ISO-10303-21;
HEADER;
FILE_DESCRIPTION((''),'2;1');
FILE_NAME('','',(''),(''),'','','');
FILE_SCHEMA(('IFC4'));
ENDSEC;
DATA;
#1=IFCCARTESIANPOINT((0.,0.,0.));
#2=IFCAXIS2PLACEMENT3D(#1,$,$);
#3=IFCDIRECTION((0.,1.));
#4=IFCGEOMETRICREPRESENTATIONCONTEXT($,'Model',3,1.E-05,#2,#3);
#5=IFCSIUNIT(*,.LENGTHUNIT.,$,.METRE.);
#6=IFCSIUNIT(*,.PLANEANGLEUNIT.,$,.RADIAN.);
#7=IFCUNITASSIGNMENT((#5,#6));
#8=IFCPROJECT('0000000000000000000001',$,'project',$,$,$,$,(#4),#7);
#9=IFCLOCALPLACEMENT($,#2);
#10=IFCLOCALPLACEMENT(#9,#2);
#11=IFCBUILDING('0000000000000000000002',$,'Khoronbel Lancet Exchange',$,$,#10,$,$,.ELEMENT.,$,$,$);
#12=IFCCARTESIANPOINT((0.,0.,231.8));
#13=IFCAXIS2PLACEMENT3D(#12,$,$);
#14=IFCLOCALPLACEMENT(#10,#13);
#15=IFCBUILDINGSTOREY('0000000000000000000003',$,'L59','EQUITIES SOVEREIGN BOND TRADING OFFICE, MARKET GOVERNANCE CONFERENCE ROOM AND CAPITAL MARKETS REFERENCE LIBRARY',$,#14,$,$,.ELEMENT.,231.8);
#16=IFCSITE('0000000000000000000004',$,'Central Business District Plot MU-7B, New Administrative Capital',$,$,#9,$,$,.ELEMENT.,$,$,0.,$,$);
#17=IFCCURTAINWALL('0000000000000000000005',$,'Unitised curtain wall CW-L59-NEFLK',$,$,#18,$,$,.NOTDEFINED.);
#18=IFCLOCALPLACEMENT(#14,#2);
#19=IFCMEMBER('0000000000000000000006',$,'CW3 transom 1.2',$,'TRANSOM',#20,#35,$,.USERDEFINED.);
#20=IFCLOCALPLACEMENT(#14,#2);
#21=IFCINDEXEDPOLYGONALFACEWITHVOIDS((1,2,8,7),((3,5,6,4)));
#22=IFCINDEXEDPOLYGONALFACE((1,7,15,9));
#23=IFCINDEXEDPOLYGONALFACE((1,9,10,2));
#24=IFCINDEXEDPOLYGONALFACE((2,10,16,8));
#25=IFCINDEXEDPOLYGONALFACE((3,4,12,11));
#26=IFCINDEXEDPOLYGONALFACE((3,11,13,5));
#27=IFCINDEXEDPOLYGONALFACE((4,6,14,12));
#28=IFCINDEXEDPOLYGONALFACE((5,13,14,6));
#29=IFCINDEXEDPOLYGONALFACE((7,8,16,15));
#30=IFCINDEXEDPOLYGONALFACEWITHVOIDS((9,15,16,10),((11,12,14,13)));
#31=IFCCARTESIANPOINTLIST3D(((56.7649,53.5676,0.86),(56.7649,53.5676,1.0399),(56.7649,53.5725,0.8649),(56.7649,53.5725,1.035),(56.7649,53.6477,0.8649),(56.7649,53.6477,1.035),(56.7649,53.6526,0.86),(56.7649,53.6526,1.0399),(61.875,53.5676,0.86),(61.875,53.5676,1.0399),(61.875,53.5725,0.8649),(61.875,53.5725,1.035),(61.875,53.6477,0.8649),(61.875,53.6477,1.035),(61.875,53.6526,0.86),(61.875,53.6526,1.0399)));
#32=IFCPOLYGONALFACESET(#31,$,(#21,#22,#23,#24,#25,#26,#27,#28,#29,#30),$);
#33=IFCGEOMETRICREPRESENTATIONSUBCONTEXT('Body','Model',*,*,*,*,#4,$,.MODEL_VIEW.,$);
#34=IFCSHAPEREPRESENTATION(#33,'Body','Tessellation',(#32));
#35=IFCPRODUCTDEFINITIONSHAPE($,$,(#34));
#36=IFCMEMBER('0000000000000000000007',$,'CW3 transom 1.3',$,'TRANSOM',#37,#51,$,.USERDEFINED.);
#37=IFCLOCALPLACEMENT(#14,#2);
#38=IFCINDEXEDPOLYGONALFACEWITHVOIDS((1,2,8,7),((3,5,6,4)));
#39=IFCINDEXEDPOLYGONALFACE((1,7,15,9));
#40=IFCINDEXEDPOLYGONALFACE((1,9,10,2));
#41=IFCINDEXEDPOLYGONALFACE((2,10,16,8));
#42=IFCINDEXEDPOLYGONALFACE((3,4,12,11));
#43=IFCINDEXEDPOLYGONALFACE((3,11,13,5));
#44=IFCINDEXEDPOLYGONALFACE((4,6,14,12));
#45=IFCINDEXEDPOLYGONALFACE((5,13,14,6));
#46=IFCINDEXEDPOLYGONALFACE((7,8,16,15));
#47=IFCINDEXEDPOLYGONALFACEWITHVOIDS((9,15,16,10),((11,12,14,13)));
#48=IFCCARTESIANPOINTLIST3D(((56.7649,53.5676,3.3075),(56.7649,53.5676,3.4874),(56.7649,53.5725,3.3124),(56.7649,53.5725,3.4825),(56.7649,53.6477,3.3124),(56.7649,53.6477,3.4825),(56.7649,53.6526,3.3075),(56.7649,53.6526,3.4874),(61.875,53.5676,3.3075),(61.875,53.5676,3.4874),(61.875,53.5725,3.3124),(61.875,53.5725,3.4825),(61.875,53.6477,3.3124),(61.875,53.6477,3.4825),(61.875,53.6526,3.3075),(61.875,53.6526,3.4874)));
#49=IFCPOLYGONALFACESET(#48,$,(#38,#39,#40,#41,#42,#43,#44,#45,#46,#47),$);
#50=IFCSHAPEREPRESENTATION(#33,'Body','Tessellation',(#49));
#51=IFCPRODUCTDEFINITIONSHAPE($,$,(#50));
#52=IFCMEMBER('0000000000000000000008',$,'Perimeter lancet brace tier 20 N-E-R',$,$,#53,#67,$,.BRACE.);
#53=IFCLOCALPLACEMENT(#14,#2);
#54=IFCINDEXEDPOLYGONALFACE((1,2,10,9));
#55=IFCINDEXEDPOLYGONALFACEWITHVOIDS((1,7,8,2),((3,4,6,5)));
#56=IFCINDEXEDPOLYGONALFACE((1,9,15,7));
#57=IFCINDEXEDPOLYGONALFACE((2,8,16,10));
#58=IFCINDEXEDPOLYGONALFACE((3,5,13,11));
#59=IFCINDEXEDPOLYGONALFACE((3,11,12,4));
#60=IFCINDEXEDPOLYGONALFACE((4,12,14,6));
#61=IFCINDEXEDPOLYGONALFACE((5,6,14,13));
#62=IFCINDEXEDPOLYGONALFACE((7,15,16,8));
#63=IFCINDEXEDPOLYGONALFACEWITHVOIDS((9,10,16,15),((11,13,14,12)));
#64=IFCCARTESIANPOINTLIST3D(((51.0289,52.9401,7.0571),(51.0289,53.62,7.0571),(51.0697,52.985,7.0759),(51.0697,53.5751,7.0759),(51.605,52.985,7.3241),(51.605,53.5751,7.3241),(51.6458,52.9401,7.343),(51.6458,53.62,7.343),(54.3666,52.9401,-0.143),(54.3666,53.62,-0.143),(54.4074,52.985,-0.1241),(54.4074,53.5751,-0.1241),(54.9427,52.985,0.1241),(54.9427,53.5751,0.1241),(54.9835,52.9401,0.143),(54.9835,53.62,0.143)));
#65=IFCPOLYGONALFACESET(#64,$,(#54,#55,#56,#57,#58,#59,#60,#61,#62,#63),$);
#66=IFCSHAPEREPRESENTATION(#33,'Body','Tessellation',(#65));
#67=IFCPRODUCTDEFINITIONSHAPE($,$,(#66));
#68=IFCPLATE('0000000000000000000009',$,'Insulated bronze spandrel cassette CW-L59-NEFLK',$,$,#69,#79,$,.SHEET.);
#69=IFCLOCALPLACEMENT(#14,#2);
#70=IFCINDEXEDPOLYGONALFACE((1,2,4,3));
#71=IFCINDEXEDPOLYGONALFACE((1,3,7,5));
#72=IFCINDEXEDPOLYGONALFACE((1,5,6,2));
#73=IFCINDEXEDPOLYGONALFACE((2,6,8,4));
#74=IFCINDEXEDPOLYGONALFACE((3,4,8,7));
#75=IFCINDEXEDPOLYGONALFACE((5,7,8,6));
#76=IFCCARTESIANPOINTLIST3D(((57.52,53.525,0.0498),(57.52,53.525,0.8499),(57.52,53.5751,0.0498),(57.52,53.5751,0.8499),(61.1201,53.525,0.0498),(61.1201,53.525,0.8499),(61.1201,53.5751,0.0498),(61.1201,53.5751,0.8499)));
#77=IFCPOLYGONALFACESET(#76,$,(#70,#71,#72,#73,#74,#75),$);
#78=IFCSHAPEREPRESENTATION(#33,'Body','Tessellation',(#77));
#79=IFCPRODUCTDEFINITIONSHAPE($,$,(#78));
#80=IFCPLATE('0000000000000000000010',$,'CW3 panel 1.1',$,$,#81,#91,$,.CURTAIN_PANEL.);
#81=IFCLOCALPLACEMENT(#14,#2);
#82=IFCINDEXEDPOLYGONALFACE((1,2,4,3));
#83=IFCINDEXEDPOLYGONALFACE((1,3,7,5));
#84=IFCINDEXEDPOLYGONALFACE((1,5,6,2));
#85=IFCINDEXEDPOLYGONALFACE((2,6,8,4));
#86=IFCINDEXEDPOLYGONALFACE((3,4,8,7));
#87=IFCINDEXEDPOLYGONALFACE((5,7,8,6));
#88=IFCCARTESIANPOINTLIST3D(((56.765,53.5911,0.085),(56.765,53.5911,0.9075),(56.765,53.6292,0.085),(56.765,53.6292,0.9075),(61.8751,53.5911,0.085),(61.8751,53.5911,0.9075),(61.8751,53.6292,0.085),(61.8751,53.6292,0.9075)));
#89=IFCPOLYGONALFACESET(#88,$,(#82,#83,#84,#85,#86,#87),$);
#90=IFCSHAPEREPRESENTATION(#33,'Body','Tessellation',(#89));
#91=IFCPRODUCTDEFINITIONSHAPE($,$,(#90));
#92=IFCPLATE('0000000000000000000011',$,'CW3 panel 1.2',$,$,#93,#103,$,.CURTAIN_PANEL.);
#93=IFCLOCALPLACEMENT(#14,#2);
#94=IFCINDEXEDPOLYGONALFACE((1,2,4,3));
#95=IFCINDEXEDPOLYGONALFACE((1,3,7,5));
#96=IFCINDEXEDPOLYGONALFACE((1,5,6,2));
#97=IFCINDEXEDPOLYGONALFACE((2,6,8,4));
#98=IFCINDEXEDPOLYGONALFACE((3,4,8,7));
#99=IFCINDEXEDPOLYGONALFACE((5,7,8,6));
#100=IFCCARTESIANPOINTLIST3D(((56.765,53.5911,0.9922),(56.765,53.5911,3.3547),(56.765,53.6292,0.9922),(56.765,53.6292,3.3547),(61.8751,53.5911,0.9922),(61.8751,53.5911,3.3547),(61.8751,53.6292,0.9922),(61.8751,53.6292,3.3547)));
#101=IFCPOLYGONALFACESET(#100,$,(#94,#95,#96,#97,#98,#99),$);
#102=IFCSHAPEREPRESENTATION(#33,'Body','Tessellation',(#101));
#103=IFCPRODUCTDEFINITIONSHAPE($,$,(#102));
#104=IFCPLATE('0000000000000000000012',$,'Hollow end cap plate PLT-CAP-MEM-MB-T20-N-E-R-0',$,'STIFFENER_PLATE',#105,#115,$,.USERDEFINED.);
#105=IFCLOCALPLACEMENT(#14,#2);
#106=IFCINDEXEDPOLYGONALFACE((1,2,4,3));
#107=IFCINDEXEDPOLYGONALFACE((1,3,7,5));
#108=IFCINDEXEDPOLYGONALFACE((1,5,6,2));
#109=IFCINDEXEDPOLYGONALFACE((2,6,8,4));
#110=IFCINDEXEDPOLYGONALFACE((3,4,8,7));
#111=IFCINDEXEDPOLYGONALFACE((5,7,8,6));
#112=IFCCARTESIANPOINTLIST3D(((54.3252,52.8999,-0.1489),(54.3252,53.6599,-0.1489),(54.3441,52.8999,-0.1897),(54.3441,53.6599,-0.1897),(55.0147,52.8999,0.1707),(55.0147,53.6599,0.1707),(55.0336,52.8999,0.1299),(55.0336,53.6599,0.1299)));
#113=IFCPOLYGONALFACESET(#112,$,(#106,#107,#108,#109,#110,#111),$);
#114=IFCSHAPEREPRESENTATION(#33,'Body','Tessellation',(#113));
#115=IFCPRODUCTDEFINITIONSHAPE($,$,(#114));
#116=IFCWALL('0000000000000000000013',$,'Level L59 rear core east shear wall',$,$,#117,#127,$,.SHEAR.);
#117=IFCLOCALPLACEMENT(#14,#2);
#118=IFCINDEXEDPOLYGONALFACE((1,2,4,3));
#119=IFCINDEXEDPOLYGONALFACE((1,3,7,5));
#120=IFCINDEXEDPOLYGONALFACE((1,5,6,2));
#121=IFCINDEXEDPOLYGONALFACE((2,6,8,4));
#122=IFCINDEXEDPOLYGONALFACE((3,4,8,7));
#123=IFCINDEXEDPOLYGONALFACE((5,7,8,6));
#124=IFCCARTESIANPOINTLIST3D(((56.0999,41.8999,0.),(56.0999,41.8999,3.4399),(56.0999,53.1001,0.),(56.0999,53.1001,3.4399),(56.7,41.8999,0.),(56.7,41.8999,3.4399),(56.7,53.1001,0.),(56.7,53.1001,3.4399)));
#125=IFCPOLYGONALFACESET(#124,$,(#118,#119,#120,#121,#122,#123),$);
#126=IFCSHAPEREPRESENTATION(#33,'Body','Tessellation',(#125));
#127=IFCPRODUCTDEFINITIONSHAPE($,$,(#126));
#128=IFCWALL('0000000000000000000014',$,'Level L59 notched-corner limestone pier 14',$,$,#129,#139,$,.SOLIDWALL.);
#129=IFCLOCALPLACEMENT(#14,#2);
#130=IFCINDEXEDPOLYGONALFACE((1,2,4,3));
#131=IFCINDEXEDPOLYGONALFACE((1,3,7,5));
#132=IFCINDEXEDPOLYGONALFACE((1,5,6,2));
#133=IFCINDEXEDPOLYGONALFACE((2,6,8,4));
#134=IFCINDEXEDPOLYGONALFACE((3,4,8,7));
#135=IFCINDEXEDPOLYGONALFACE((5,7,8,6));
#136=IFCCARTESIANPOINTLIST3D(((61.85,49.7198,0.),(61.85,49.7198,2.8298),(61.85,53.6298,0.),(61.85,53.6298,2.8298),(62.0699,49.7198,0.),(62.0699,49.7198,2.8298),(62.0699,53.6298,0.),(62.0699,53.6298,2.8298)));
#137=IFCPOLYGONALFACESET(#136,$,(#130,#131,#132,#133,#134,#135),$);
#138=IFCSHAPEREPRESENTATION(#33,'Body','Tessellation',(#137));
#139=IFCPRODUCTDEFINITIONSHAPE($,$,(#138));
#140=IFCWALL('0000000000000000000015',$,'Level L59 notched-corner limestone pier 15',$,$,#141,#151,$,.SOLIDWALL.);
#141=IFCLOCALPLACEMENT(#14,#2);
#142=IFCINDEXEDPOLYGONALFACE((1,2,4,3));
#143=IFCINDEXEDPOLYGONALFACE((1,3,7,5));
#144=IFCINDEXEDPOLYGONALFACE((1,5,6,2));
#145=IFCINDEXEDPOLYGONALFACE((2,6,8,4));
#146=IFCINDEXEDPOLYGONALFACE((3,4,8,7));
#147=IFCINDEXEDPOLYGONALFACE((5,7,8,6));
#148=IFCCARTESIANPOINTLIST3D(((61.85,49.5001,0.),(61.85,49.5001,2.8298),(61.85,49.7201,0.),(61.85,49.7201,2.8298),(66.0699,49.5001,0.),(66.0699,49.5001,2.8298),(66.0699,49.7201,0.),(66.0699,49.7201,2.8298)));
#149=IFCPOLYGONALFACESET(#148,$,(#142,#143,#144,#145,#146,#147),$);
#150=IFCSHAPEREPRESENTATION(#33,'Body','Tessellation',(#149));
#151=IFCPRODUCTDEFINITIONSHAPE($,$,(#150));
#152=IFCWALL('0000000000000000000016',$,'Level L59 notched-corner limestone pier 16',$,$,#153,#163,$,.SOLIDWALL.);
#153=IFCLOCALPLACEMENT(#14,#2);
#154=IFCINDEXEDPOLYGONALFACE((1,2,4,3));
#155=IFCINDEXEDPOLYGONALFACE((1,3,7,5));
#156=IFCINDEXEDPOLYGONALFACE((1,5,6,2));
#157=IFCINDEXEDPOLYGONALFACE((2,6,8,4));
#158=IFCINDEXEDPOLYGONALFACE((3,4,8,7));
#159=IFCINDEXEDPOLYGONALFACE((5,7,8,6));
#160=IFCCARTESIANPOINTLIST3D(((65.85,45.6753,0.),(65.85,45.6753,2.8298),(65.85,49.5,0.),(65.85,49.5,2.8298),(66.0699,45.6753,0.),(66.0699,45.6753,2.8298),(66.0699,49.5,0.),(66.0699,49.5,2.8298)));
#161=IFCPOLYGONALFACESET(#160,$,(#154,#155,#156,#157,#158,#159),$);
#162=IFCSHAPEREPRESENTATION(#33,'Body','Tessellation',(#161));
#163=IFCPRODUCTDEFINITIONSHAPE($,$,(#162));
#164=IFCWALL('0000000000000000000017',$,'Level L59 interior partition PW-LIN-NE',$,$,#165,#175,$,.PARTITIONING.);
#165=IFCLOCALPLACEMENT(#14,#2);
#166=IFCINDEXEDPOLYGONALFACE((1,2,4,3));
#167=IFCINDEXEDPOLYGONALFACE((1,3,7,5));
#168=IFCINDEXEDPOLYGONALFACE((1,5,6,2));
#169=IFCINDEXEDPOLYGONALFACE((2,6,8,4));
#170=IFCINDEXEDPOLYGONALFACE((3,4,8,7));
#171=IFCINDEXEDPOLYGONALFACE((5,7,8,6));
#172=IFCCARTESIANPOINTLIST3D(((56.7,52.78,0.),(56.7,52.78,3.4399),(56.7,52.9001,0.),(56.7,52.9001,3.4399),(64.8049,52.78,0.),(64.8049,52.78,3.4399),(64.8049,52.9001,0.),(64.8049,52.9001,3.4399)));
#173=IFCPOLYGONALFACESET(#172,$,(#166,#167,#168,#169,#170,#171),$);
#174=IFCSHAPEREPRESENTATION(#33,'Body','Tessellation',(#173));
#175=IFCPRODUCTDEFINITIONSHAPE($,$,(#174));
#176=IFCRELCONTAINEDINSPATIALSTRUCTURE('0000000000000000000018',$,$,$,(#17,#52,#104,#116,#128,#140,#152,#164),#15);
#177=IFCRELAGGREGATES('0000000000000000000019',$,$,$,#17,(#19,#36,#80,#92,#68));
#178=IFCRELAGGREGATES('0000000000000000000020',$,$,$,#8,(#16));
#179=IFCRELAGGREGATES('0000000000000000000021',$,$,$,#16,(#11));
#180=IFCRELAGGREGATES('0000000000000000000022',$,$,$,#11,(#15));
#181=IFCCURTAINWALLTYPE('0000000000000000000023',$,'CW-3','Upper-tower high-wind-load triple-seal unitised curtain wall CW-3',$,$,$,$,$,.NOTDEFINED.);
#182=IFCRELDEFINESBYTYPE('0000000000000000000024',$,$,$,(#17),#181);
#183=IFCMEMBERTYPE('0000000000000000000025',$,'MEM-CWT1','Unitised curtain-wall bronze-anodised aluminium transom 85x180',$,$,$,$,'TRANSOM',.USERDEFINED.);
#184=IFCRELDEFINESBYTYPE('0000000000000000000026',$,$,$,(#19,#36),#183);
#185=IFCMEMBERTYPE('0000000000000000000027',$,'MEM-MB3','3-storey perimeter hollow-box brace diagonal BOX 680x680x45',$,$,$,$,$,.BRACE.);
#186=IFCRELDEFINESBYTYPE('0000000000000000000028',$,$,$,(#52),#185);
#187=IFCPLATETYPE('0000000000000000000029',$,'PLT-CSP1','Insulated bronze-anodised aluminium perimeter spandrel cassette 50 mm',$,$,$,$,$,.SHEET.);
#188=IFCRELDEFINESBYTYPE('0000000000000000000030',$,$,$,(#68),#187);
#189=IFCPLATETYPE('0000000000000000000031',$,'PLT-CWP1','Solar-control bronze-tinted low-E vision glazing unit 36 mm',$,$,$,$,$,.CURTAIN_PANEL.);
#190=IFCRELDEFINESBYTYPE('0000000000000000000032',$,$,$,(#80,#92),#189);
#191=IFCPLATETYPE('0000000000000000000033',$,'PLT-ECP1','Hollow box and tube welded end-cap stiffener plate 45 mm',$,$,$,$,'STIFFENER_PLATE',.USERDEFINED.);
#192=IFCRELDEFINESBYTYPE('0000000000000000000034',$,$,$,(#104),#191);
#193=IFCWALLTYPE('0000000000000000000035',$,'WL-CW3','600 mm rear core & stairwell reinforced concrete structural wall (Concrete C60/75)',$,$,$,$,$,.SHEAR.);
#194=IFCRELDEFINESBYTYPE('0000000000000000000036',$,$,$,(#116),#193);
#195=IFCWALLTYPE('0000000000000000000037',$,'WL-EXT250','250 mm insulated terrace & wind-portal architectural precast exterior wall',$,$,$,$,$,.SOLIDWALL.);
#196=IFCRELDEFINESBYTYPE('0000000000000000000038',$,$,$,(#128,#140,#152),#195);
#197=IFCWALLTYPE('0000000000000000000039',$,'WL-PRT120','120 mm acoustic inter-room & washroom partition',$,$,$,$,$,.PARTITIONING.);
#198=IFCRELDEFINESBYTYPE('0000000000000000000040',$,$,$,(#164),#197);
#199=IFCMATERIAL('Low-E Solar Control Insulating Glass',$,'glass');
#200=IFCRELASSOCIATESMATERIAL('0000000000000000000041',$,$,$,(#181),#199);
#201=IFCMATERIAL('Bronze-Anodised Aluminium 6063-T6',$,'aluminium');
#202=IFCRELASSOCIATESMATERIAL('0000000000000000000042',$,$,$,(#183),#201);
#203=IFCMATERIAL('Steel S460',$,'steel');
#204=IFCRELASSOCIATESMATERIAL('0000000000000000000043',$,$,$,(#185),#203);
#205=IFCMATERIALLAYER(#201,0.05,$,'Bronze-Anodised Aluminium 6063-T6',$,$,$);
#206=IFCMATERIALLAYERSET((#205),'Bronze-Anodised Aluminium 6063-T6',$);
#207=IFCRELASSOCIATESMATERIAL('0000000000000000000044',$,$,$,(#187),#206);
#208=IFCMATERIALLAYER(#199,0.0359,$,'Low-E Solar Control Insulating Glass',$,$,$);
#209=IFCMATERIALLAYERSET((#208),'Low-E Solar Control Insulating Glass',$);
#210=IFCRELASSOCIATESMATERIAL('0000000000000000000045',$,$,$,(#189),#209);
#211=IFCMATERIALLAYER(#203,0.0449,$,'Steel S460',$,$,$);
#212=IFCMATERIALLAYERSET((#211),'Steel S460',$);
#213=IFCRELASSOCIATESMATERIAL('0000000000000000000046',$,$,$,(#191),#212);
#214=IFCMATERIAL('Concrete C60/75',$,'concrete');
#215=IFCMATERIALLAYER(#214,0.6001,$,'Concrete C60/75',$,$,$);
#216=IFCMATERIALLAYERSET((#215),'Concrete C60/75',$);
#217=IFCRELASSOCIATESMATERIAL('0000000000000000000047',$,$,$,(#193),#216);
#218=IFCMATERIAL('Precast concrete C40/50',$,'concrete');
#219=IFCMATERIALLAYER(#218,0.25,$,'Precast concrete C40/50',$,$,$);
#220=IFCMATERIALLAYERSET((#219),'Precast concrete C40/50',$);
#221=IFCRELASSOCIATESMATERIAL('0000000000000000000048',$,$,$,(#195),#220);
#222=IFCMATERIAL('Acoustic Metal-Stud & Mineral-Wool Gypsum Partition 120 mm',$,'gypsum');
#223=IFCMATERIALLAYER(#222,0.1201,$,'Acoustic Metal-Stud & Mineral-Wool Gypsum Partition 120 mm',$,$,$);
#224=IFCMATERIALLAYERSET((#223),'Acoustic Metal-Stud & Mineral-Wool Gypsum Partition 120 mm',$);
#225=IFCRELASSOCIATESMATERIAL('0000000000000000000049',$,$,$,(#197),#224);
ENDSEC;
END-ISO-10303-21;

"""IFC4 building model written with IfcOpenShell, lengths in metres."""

from ifc_helpers import new_model, si_unit, direction, frame, frame_2d, origin, origin_2d, place, context, subcontext, project, spatial, polyline, rectangle, hollow_rectangle, outline, extrude, material, layer, layer_set, material_profile, profile_set, type_object, element, aggregate, save


model = new_model("IFC4")

# Units and contexts
model_context = context("Model", 3, precision=1e-05, world=origin(), true_north=direction((0.0, 1.0)))
body_context = subcontext(model_context, "Body", "Model", "MODEL_VIEW")
ifc_project = project(units=[si_unit("LENGTHUNIT", "METRE"), si_unit("PLANEANGLEUNIT", "RADIAN")], contexts=[model_context])

# Site, building, storey
site_placement = place(None, origin())
site = spatial("IfcSite", under=ifc_project, at=site_placement, Name="Central Business District Plot MU-7B, New Administrative Capital", CompositionType="ELEMENT", RefElevation=0.0)
building_placement = place(site_placement, origin())
building = spatial("IfcBuilding", under=site, at=building_placement, Name="Khoronbel Lancet Exchange", CompositionType="ELEMENT")
storey_placement = place(building_placement, frame((0.0, 0.0, 231.8)))
storey = spatial("IfcBuildingStorey", under=building, at=storey_placement, Name="L59", Description="EQUITIES SOVEREIGN BOND TRADING OFFICE, MARKET GOVERNANCE CONFERENCE ROOM AND CAPITAL MARKETS REFERENCE LIBRARY", CompositionType="ELEMENT", Elevation=231.8)

# Shared definitions
ifc_material_1 = material(Name="Steel S460", Category="steel")

# Curtain wall
ifc_material_2 = material(Name="Low-E Solar Control Insulating Glass", Category="glass")
curtain_wall_type_1 = type_object("IfcCurtainWallType", Name="CW-3", Description="Upper-tower high-wind-load triple-seal unitised curtain wall CW-3", PredefinedType="NOTDEFINED", material=ifc_material_2)
curtain_wall_1_placement = place(storey_placement, origin())
curtain_wall_1 = element("IfcCurtainWall", 1, at=curtain_wall_1_placement, inside=storey, type_object=curtain_wall_type_1, Name="Unitised curtain wall CW-L59-NEFLK", PredefinedType="NOTDEFINED")
ifc_material_3 = material(Name="Bronze-Anodised Aluminium 6063-T6", Category="aluminium")

# Members
ifc_material_profile_1 = material_profile(ifc_material_3, hollow_rectangle(XDim=0.085, YDim=0.1799, WallThickness=0.0049, at=origin_2d()), Name="ALU TRANSOM 85x180")
ifc_profile_set_1 = profile_set([ifc_material_profile_1], Name="Bronze-Anodised Aluminium 6063-T6")
member_type_1 = type_object("IfcMemberType", Name="MEM-CWT1", Description="Unitised curtain-wall bronze-anodised aluminium transom 85x180", ElementType="TRANSOM", PredefinedType="USERDEFINED", material=ifc_profile_set_1)
member_1_placement = place(storey_placement, frame((61.875, 53.6101, 0.95), z_axis=(-1.0, 0.0, 0.0), x_axis=(0.0, -1.0, 0.0)))
member_1 = element("IfcMember", 2, at=member_1_placement, type_object=member_type_1, Name="CW3 transom 1.2", ObjectType="TRANSOM", PredefinedType="USERDEFINED", context=body_context, shape_type="SweptSolid", body=[
    extrude(hollow_rectangle(XDim=0.085, YDim=0.1799, WallThickness=0.0049, at=origin_2d()), origin(), (0.0, 0.0, 1.0), 5.1101),
])
member_2_placement = place(storey_placement, frame((61.875, 53.6101, 3.3975), z_axis=(-1.0, 0.0, 0.0), x_axis=(0.0, -1.0, 0.0)))
member_2 = element("IfcMember", 3, at=member_2_placement, type_object=member_type_1, Name="CW3 transom 1.3", ObjectType="TRANSOM", PredefinedType="USERDEFINED", context=body_context, shape_type="SweptSolid", body=[
    extrude(hollow_rectangle(XDim=0.085, YDim=0.1799, WallThickness=0.0049, at=origin_2d()), origin(), (0.0, 0.0, 1.0), 5.1101),
])
ifc_material_profile_2 = material_profile(ifc_material_1, hollow_rectangle(XDim=0.6799, YDim=0.6799, WallThickness=0.0449, at=origin_2d()), Name="BOX 680x680x45")
ifc_profile_set_2 = profile_set([ifc_material_profile_2], Name="Steel S460")
member_type_2 = type_object("IfcMemberType", Name="MEM-MB3", Description="3-storey perimeter hollow-box brace diagonal BOX 680x680x45", PredefinedType="BRACE", material=ifc_profile_set_2)
member_3_placement = place(storey_placement, frame((54.675, 53.28, 0.0), z_axis=(-0.420573, 0.0, 0.907259), x_axis=(0.0, -1.0, 0.0)))
element("IfcMember", 4, at=member_3_placement, inside=storey, type_object=member_type_2, Name="Perimeter lancet brace tier 20 N-E-R", PredefinedType="BRACE", context=body_context, shape_type="SweptSolid", body=[
    extrude(hollow_rectangle(XDim=0.6799, YDim=0.6799, WallThickness=0.0449, at=origin_2d()), origin(), (0.0, 0.0, 1.0), 7.936),
])

# Plates
ifc_layer_1 = layer(ifc_material_3, 0.05, Name="Bronze-Anodised Aluminium 6063-T6")
ifc_layer_set_1 = layer_set([ifc_layer_1], Name="Bronze-Anodised Aluminium 6063-T6")
plate_type_1 = type_object("IfcPlateType", Name="PLT-CSP1", Description="Insulated bronze-anodised aluminium perimeter spandrel cassette 50 mm", PredefinedType="SHEET", material=ifc_layer_set_1)
plate_1_placement = place(storey_placement, frame((59.3201, 53.55, 0.0498), z_axis=(0.0, 0.0, 1.0), x_axis=(-1.0, 0.0, 0.0)))
plate_1 = element("IfcPlate", 5, at=plate_1_placement, type_object=plate_type_1, Name="Insulated bronze spandrel cassette CW-L59-NEFLK", PredefinedType="SHEET", context=body_context, shape_type="SweptSolid", body=[
    extrude(rectangle(XDim=3.6001, YDim=0.05, at=origin_2d()), origin(), (0.0, 0.0, 1.0), 0.8),
])
ifc_layer_2 = layer(ifc_material_2, 0.0359, Name="Low-E Solar Control Insulating Glass")
ifc_layer_set_2 = layer_set([ifc_layer_2], Name="Low-E Solar Control Insulating Glass")
plate_type_2 = type_object("IfcPlateType", Name="PLT-CWP1", Description="Solar-control bronze-tinted low-E vision glazing unit 36 mm", PredefinedType="CURTAIN_PANEL", material=ifc_layer_set_2)
plate_2_placement = place(storey_placement, frame((59.3201, 53.6101, 0.085), z_axis=(0.0, 0.0, 1.0), x_axis=(-1.0, 0.0, 0.0)))
plate_2 = element("IfcPlate", 6, at=plate_2_placement, type_object=plate_type_2, Name="CW3 panel 1.1", PredefinedType="CURTAIN_PANEL", context=body_context, shape_type="SweptSolid", body=[
    extrude(rectangle(XDim=5.1101, YDim=0.0381, at=origin_2d()), origin(), (0.0, 0.0, 1.0), 0.8225),
])
plate_3_placement = place(storey_placement, frame((59.3201, 53.6101, 0.9922), z_axis=(0.0, 0.0, 1.0), x_axis=(-1.0, 0.0, 0.0)))
plate_3 = element("IfcPlate", 7, at=plate_3_placement, type_object=plate_type_2, Name="CW3 panel 1.2", PredefinedType="CURTAIN_PANEL", context=body_context, shape_type="SweptSolid", body=[
    extrude(rectangle(XDim=5.1101, YDim=0.0381, at=origin_2d()), origin(), (0.0, 0.0, 1.0), 2.3625),
])
aggregate(curtain_wall_1, [member_1, member_2, plate_2, plate_3, plate_1])
ifc_layer_3 = layer(ifc_material_1, 0.0449, Name="Steel S460")
ifc_layer_set_3 = layer_set([ifc_layer_3], Name="Steel S460")
plate_type_3 = type_object("IfcPlateType", Name="PLT-ECP1", Description="Hollow box and tube welded end-cap stiffener plate 45 mm", ElementType="STIFFENER_PLATE", PredefinedType="USERDEFINED", material=ifc_layer_set_3)
plate_4_placement = place(storey_placement, frame((54.3252, 53.6599, -0.1489), z_axis=(-0.420545, 0.0, 0.907272), x_axis=(0.0, -1.0, 0.0)))
element("IfcPlate", 8, at=plate_4_placement, inside=storey, type_object=plate_type_3, Name="Hollow end cap plate PLT-CAP-MEM-MB-T20-N-E-R-0", ObjectType="STIFFENER_PLATE", PredefinedType="USERDEFINED", context=body_context, shape_type="SweptSolid", body=[
    extrude(outline(polyline([(0.0, 0.0), (0.76, 0.0), (0.76, 0.76), (0.0, 0.76), (0.0, 0.0)])), origin(), (0.0, 0.0, -1.0), 0.0449),
])

# Walls
ifc_material_4 = material(Name="Concrete C60/75", Category="concrete")
ifc_layer_4 = layer(ifc_material_4, 0.6001, Name="Concrete C60/75")
ifc_layer_set_4 = layer_set([ifc_layer_4], Name="Concrete C60/75")
wall_type_1 = type_object("IfcWallType", Name="WL-CW3", Description="600 mm rear core & stairwell reinforced concrete structural wall (Concrete C60/75)", PredefinedType="SHEAR", material=ifc_layer_set_4)
wall_1_placement = place(storey_placement, frame((56.3999, 53.1001, 0.0), z_axis=(0.0, 0.0, 1.0), x_axis=(0.0, -1.0, 0.0)))
element("IfcWall", 9, at=wall_1_placement, inside=storey, type_object=wall_type_1, Name="Level L59 rear core east shear wall", PredefinedType="SHEAR", context=body_context, shape_type="SweptSolid", body=[
    extrude(rectangle(XDim=11.2002, YDim=0.6001, at=frame_2d((5.6001, 0.0))), origin(), (0.0, 0.0, 1.0), 3.4399),
])
ifc_material_5 = material(Name="Precast concrete C40/50", Category="concrete")
ifc_layer_5 = layer(ifc_material_5, 0.25, Name="Precast concrete C40/50")
ifc_layer_set_5 = layer_set([ifc_layer_5], Name="Precast concrete C40/50")
wall_type_2 = type_object("IfcWallType", Name="WL-EXT250", Description="250 mm insulated terrace & wind-portal architectural precast exterior wall", PredefinedType="SOLIDWALL", material=ifc_layer_set_5)
wall_2_placement = place(storey_placement, frame((61.96, 53.6299, 0.0), z_axis=(0.0, 0.0, 1.0), x_axis=(0.0, -1.0, 0.0)))
element("IfcWall", 10, at=wall_2_placement, inside=storey, type_object=wall_type_2, Name="Level L59 notched-corner limestone pier 14", PredefinedType="SOLIDWALL", context=body_context, shape_type="SweptSolid", body=[
    extrude(rectangle(XDim=3.9099, YDim=0.22, at=frame_2d((1.9551, 0.0))), origin(), (0.0, 0.0, 1.0), 2.8298),
])
wall_3_placement = place(storey_placement, frame((61.8501, 49.6101, 0.0), z_axis=(0.0, 0.0, 1.0), x_axis=(1.0, 0.0, 0.0)))
element("IfcWall", 11, at=wall_3_placement, inside=storey, type_object=wall_type_2, Name="Level L59 notched-corner limestone pier 15", PredefinedType="SOLIDWALL", context=body_context, shape_type="SweptSolid", body=[
    extrude(rectangle(XDim=4.22, YDim=0.22, at=frame_2d((2.1099, 0.0))), origin(), (0.0, 0.0, 1.0), 2.8298),
])
wall_4_placement = place(storey_placement, frame((65.96, 49.5, 0.0), z_axis=(0.0, 0.0, 1.0), x_axis=(0.0, -1.0, 0.0)))
element("IfcWall", 12, at=wall_4_placement, inside=storey, type_object=wall_type_2, Name="Level L59 notched-corner limestone pier 16", PredefinedType="SOLIDWALL", context=body_context, shape_type="SweptSolid", body=[
    extrude(rectangle(XDim=3.8247, YDim=0.22, at=frame_2d((1.9124, 0.0))), origin(), (0.0, 0.0, 1.0), 2.8298),
])
ifc_material_6 = material(Name="Acoustic Metal-Stud & Mineral-Wool Gypsum Partition 120 mm", Category="gypsum")
ifc_layer_6 = layer(ifc_material_6, 0.1201, Name="Acoustic Metal-Stud & Mineral-Wool Gypsum Partition 120 mm")
ifc_layer_set_6 = layer_set([ifc_layer_6], Name="Acoustic Metal-Stud & Mineral-Wool Gypsum Partition 120 mm")
wall_type_3 = type_object("IfcWallType", Name="WL-PRT120", Description="120 mm acoustic inter-room & washroom partition", PredefinedType="PARTITIONING", material=ifc_layer_set_6)
wall_5_placement = place(storey_placement, frame((56.7, 52.8401, 0.0), z_axis=(0.0, 0.0, 1.0), x_axis=(1.0, 0.0, 0.0)))
element("IfcWall", 13, at=wall_5_placement, inside=storey, type_object=wall_type_3, Name="Level L59 interior partition PW-LIN-NE", PredefinedType="PARTITIONING", context=body_context, shape_type="SweptSolid", body=[
    extrude(rectangle(XDim=8.105, YDim=0.1201, at=frame_2d((4.0525, 0.0))), origin(), (0.0, 0.0, 1.0), 3.4399),
])

save(model, "model.ifc")
